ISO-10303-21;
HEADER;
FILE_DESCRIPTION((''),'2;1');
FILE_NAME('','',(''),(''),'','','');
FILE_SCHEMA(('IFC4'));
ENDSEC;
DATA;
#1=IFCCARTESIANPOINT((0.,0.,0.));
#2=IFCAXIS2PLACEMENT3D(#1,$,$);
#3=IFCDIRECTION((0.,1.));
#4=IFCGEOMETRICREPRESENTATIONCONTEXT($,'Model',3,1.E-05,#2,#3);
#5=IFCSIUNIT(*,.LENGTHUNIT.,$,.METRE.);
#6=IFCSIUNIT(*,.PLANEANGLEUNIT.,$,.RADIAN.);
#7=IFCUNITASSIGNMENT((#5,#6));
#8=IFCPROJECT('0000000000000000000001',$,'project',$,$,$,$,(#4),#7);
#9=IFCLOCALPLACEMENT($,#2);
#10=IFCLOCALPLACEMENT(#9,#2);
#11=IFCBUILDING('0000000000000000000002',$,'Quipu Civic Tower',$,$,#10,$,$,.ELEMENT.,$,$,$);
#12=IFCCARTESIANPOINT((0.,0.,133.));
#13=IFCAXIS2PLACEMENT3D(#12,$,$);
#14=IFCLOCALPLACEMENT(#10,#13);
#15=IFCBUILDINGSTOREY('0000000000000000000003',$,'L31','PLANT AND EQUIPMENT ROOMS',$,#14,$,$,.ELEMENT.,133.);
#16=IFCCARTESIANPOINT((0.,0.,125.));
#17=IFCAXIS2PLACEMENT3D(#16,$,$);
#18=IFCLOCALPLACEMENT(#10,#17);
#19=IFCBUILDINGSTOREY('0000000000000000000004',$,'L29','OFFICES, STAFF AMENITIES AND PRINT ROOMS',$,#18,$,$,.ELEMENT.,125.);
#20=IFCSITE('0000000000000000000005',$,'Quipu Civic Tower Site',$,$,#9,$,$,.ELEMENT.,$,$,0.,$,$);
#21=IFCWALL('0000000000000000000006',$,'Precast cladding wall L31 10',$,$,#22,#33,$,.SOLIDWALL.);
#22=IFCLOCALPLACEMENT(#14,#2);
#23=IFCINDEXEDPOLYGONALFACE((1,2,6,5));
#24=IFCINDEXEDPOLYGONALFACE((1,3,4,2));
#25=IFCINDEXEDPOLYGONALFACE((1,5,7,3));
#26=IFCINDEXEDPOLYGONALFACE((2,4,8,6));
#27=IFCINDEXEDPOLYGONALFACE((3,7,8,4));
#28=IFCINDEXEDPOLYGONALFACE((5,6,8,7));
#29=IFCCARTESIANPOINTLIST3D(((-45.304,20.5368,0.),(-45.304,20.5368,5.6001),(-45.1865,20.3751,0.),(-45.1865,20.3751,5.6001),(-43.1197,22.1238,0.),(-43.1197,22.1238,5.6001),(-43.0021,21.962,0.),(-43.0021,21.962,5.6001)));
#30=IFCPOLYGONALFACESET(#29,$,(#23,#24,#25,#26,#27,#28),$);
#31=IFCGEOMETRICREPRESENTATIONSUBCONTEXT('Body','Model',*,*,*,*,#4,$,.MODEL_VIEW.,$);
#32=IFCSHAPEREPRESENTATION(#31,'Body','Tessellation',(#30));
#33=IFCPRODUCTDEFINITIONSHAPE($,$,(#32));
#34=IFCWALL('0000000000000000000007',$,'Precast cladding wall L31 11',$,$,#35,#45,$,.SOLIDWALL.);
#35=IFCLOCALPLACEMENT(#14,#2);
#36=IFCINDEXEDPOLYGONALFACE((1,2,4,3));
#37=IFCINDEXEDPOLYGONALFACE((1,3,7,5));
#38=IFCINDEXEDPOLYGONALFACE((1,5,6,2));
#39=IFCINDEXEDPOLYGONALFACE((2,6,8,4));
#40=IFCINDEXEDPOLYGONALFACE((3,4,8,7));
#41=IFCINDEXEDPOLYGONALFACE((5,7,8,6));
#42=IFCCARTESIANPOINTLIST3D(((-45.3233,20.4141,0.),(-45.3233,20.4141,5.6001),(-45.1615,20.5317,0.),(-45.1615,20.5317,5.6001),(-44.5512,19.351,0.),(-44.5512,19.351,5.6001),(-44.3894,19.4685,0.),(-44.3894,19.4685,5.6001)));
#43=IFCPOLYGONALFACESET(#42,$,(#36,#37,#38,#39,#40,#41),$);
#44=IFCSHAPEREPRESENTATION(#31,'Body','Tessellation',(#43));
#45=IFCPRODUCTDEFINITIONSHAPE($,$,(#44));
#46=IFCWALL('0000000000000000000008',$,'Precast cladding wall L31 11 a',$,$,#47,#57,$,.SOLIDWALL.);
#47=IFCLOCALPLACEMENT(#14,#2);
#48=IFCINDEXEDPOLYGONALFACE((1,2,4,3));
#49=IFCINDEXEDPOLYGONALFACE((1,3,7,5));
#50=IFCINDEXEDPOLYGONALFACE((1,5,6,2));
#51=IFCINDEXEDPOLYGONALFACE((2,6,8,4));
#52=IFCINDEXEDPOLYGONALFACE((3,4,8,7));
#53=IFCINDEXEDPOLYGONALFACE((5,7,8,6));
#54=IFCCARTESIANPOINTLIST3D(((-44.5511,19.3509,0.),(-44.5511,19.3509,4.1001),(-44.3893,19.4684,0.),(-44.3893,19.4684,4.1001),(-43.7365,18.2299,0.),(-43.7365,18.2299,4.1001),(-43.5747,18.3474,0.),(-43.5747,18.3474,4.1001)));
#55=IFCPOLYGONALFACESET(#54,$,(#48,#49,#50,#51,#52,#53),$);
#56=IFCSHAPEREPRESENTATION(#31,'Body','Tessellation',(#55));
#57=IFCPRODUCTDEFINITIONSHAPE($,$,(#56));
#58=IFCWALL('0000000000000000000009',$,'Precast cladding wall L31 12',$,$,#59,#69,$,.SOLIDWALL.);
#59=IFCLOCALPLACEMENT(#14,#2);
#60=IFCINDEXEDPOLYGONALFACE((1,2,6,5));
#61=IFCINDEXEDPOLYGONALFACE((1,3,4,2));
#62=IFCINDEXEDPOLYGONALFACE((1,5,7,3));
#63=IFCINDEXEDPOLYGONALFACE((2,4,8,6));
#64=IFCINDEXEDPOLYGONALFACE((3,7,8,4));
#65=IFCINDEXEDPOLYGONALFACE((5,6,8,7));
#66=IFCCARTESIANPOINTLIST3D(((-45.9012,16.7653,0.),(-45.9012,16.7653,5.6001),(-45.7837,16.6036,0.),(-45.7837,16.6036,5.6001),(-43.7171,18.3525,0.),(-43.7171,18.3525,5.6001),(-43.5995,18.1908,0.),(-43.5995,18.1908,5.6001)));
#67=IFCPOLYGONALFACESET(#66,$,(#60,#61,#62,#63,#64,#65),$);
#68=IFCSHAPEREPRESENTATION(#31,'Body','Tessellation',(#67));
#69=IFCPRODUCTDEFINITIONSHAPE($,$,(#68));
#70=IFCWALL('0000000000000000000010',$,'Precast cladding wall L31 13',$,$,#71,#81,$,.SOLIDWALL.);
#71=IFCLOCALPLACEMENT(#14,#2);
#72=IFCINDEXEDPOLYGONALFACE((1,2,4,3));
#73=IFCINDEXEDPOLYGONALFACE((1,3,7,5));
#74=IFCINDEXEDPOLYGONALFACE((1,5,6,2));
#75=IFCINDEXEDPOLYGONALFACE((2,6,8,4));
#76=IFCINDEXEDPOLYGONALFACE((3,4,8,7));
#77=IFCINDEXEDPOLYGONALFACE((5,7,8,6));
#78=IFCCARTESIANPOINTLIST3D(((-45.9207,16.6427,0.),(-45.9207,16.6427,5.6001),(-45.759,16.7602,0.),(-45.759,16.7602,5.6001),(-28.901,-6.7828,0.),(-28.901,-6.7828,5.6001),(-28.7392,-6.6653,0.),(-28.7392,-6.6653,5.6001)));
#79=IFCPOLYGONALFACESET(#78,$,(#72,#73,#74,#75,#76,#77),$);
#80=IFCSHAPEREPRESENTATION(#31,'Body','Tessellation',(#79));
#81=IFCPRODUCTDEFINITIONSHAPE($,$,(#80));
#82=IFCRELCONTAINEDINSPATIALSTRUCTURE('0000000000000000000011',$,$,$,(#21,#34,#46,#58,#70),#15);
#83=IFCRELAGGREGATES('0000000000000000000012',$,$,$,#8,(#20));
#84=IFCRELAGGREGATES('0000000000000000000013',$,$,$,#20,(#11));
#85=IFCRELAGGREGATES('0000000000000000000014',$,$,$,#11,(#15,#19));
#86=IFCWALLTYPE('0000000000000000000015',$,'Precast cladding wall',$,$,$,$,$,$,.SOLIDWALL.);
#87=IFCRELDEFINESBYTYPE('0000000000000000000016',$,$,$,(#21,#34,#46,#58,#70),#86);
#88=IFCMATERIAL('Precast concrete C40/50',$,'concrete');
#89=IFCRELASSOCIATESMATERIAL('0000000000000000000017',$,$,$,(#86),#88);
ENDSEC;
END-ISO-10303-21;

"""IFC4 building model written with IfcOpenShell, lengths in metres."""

from ifc_helpers import new_model, si_unit, direction, frame, frame_2d, origin, place, context, subcontext, project, spatial, rectangle, extrude, material, type_object, element, save


model = new_model("IFC4")

# Units and contexts
model_context = context("Model", 3, precision=1e-05, world=origin(), true_north=direction((0.0, 1.0)))
body_context = subcontext(model_context, "Body", "Model", "MODEL_VIEW")
ifc_project = project(units=[si_unit("LENGTHUNIT", "METRE"), si_unit("PLANEANGLEUNIT", "RADIAN")], contexts=[model_context])

# Site, building, storey
site_placement = place(None, origin())
site = spatial("IfcSite", under=ifc_project, at=site_placement, Name="Quipu Civic Tower Site", CompositionType="ELEMENT", RefElevation=0.0)
building_placement = place(site_placement, origin())
building = spatial("IfcBuilding", under=site, at=building_placement, Name="Quipu Civic Tower", CompositionType="ELEMENT")
storey_1_placement = place(building_placement, frame((0.0, 0.0, 133.0)))
storey_1 = spatial("IfcBuildingStorey", under=building, at=storey_1_placement, Name="L31", Description="PLANT AND EQUIPMENT ROOMS", CompositionType="ELEMENT", Elevation=133.0)

# Shared definitions
storey_2_placement = place(building_placement, frame((0.0, 0.0, 125.0)))
storey_2 = spatial("IfcBuildingStorey", under=building, at=storey_2_placement, Name="L29", Description="OFFICES, STAFF AMENITIES AND PRINT ROOMS", CompositionType="ELEMENT", Elevation=125.0)

# Walls
ifc_material_1 = material(Name="Precast concrete C40/50", Category="concrete")
wall_type_1 = type_object("IfcWallType", Name="Precast cladding wall", PredefinedType="SOLIDWALL", material=ifc_material_1)
wall_1_placement = place(storey_1_placement, frame((-43.0608, 22.043, 0.0), z_axis=(0.0, 0.0, 1.0), x_axis=(-0.809033, -0.587763, 0.0)))
element("IfcWall", 1, at=wall_1_placement, inside=storey_1, type_object=wall_type_1, Name="Precast cladding wall L31 10", PredefinedType="SOLIDWALL", context=body_context, shape_type="SweptSolid", body=[
    extrude(rectangle(XDim=2.7, YDim=0.2, at=frame_2d((1.3501, 0.0))), origin(), (0.0, 0.0, 1.0), 5.6001),
])
wall_2_placement = place(storey_1_placement, frame((-45.2424, 20.4729, 0.0), z_axis=(0.0, 0.0, 1.0), x_axis=(0.587652, -0.809114, 0.0)))
element("IfcWall", 2, at=wall_2_placement, inside=storey_1, type_object=wall_type_1, Name="Precast cladding wall L31 11", PredefinedType="SOLIDWALL", context=body_context, shape_type="SweptSolid", body=[
    extrude(rectangle(XDim=1.314, YDim=0.2, at=frame_2d((0.657, 0.0))), origin(), (0.0, 0.0, 1.0), 5.6001),
])
wall_3_placement = place(storey_1_placement, frame((-44.4702, 19.4097, 0.0), z_axis=(0.0, 0.0, 1.0), x_axis=(0.587868, -0.808957, 0.0)))
element("IfcWall", 3, at=wall_3_placement, inside=storey_1, type_object=wall_type_1, Name="Precast cladding wall L31 11 a", PredefinedType="SOLIDWALL", context=body_context, shape_type="SweptSolid", body=[
    extrude(rectangle(XDim=1.3857, YDim=0.2, at=frame_2d((0.6929, 0.0))), origin(), (0.0, 0.0, 1.0), 4.1001),
])
wall_4_placement = place(storey_1_placement, frame((-43.6582, 18.2717, 0.0), z_axis=(0.0, 0.0, 1.0), x_axis=(-0.808959, -0.587865, 0.0)))
element("IfcWall", 4, at=wall_4_placement, inside=storey_1, type_object=wall_type_1, Name="Precast cladding wall L31 12", PredefinedType="SOLIDWALL", context=body_context, shape_type="SweptSolid", body=[
    extrude(rectangle(XDim=2.7, YDim=0.2, at=frame_2d((1.3501, 0.0))), origin(), (0.0, 0.0, 1.0), 5.6001),
])
wall_5_placement = place(storey_1_placement, frame((-45.8398, 16.7014, 0.0), z_axis=(0.0, 0.0, 1.0), x_axis=(0.587788, -0.809015, 0.0)))
element("IfcWall", 5, at=wall_5_placement, inside=storey_1, type_object=wall_type_1, Name="Precast cladding wall L31 13", PredefinedType="SOLIDWALL", context=body_context, shape_type="SweptSolid", body=[
    extrude(rectangle(XDim=28.9556, YDim=0.2, at=frame_2d((14.4778, 0.0))), origin(), (0.0, 0.0, 1.0), 5.6001),
])

save(model, "model.ifc")
